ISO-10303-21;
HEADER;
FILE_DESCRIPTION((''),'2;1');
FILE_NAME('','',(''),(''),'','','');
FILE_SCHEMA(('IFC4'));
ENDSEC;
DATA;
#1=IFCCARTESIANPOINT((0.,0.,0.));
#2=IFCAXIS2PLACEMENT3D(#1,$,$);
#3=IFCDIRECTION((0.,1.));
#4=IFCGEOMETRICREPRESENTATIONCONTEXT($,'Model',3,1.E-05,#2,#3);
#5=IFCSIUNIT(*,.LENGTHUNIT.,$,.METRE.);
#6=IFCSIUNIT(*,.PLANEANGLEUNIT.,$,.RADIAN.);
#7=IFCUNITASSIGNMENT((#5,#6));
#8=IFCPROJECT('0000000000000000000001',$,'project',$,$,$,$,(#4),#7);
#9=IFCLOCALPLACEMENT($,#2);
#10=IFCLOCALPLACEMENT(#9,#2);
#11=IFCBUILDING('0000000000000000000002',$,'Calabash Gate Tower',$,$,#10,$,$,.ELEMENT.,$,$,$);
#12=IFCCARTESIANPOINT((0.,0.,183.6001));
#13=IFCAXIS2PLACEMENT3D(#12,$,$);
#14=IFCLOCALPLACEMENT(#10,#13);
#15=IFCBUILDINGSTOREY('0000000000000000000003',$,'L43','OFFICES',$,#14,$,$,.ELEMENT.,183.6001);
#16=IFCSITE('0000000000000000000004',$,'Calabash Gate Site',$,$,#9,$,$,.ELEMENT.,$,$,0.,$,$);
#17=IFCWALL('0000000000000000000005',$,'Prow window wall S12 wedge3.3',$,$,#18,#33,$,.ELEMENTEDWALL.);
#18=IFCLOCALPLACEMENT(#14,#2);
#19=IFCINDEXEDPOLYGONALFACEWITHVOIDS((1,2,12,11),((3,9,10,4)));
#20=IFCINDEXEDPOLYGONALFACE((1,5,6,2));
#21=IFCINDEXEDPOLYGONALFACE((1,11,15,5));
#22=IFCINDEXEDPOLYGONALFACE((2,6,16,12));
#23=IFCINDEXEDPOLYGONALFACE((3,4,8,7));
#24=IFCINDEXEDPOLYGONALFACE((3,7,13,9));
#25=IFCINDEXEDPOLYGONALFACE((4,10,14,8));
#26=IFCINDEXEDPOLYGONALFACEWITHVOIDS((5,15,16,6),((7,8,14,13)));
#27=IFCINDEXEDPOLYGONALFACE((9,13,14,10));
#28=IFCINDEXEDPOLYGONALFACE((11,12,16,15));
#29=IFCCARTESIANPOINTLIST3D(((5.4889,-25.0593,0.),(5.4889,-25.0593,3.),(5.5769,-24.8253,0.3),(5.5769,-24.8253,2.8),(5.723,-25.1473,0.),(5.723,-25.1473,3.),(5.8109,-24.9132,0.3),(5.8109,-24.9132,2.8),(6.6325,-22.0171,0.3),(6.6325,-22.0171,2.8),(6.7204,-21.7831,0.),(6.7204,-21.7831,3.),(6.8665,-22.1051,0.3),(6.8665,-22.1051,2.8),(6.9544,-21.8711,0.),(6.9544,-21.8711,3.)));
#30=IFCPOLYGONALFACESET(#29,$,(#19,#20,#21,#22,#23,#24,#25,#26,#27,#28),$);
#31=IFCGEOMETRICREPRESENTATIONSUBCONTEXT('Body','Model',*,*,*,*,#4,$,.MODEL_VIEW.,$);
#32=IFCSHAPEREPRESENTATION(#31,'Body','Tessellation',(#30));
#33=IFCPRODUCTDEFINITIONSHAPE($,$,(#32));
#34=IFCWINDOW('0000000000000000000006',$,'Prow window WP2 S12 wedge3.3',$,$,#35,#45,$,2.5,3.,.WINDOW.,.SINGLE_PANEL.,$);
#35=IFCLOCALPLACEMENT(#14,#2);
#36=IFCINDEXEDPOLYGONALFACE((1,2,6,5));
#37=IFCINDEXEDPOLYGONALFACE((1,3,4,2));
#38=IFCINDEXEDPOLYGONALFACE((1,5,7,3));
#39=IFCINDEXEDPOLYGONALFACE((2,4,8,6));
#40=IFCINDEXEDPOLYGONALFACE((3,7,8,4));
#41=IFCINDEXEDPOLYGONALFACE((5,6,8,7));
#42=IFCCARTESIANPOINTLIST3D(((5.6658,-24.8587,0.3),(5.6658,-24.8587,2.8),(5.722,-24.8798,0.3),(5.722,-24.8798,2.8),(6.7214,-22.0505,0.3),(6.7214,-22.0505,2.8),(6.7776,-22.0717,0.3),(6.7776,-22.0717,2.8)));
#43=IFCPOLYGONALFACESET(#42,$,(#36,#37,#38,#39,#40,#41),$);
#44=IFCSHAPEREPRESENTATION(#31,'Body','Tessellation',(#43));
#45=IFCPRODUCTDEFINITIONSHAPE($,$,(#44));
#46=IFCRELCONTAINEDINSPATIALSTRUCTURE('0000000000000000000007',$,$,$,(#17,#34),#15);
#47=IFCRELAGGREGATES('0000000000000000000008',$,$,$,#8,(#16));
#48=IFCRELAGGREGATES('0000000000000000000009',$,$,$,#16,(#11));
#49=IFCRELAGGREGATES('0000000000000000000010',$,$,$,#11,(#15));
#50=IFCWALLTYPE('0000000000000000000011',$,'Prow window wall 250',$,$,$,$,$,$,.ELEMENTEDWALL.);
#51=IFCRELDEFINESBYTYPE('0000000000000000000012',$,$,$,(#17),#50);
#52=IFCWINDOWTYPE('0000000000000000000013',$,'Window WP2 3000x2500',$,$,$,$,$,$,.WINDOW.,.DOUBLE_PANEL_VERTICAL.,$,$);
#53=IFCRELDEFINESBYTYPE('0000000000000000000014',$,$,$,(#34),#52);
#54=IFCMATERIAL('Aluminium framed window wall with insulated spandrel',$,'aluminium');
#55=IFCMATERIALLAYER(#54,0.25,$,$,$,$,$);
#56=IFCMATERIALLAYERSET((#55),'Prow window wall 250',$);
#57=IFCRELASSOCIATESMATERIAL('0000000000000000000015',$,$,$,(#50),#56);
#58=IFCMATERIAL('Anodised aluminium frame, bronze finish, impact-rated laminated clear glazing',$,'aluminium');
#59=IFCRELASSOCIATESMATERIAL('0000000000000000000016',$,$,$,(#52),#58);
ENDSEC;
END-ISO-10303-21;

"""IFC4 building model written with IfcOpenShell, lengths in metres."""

from ifc_helpers import new_model, si_unit, direction, frame, frame_2d, origin, place, context, subcontext, project, spatial, rectangle, extrude, material, layer, layer_set, type_object, element, fill, save


model = new_model("IFC4")

# Units and contexts
model_context = context("Model", 3, precision=1e-05, world=origin(), true_north=direction((0.0, 1.0)))
body_context = subcontext(model_context, "Body", "Model", "MODEL_VIEW")
ifc_project = project(units=[si_unit("LENGTHUNIT", "METRE"), si_unit("PLANEANGLEUNIT", "RADIAN")], contexts=[model_context])

# Site, building, storey
site_placement = place(None, origin())
site = spatial("IfcSite", under=ifc_project, at=site_placement, Name="Calabash Gate Site", CompositionType="ELEMENT", RefElevation=0.0)
building_placement = place(site_placement, origin())
building = spatial("IfcBuilding", under=site, at=building_placement, Name="Calabash Gate Tower", CompositionType="ELEMENT")
storey_placement = place(building_placement, frame((0.0, 0.0, 183.6001)))
storey = spatial("IfcBuildingStorey", under=building, at=storey_placement, Name="L43", Description="OFFICES", CompositionType="ELEMENT", Elevation=183.6001)

# Wall, opening, window
ifc_material_1 = material(Name="Aluminium framed window wall with insulated spandrel", Category="aluminium")
ifc_layer_1 = layer(ifc_material_1, 0.25)
ifc_layer_set_1 = layer_set([ifc_layer_1], Name="Prow window wall 250")
wall_type_1 = type_object("IfcWallType", Name="Prow window wall 250", PredefinedType="ELEMENTEDWALL", material=ifc_layer_set_1)
ifc_material_2 = material(Name="Anodised aluminium frame, bronze finish, impact-rated laminated clear glazing", Category="aluminium")
window_type_1 = type_object("IfcWindowType", Name="Window WP2 3000x2500", PartitioningType="DOUBLE_PANEL_VERTICAL", PredefinedType="WINDOW", material=ifc_material_2)
wall_1_placement = place(storey_placement, frame((5.606, -25.1033, 0.0), z_axis=(0.0, 0.0, 1.0), x_axis=(0.35185, 0.936057, 0.0)))
wall_1 = element("IfcWall", 1, at=wall_1_placement, inside=storey, type_object=wall_type_1, Name="Prow window wall S12 wedge3.3", PredefinedType="ELEMENTEDWALL", context=body_context, shape_type="SweptSolid", body=[
    extrude(rectangle(XDim=3.5, YDim=0.25, at=frame_2d((1.75, 0.0))), origin(), (0.0, 0.0, 1.0), 3.0),
])
opening_1_placement = place(wall_1_placement, frame((0.25, 0.0, 0.3)))
opening_1 = element("IfcOpeningElement", 2, at=opening_1_placement, cuts=wall_1, PredefinedType="OPENING", context=body_context, shape_type="SweptSolid", body=[
    extrude(rectangle(XDim=3.0, YDim=2.5, at=frame_2d((1.5, 1.25))), frame((0.0, 0.135, 0.0), z_axis=(0.0, -1.0, 0.0), x_axis=(1.0, 0.0, 0.0)), (0.0, 0.0, 1.0), 0.27),
])
window_1_placement = place(opening_1_placement, origin())
window_1 = element("IfcWindow", 3, at=window_1_placement, inside=storey, type_object=window_type_1, Name="Prow window WP2 S12 wedge3.3", OverallHeight=2.5, OverallWidth=3.0, PartitioningType="SINGLE_PANEL", PredefinedType="WINDOW", context=body_context, shape_type="SweptSolid", body=[
    extrude(rectangle(XDim=3.0, YDim=2.5, at=frame_2d((1.5, 1.25))), frame((0.0, 0.03, 0.0), z_axis=(0.0, -1.0, 0.0), x_axis=(1.0, 0.0, 0.0)), (0.0, 0.0, 1.0), 0.0601),
])
fill(opening_1, window_1)

save(model, "model.ifc")
